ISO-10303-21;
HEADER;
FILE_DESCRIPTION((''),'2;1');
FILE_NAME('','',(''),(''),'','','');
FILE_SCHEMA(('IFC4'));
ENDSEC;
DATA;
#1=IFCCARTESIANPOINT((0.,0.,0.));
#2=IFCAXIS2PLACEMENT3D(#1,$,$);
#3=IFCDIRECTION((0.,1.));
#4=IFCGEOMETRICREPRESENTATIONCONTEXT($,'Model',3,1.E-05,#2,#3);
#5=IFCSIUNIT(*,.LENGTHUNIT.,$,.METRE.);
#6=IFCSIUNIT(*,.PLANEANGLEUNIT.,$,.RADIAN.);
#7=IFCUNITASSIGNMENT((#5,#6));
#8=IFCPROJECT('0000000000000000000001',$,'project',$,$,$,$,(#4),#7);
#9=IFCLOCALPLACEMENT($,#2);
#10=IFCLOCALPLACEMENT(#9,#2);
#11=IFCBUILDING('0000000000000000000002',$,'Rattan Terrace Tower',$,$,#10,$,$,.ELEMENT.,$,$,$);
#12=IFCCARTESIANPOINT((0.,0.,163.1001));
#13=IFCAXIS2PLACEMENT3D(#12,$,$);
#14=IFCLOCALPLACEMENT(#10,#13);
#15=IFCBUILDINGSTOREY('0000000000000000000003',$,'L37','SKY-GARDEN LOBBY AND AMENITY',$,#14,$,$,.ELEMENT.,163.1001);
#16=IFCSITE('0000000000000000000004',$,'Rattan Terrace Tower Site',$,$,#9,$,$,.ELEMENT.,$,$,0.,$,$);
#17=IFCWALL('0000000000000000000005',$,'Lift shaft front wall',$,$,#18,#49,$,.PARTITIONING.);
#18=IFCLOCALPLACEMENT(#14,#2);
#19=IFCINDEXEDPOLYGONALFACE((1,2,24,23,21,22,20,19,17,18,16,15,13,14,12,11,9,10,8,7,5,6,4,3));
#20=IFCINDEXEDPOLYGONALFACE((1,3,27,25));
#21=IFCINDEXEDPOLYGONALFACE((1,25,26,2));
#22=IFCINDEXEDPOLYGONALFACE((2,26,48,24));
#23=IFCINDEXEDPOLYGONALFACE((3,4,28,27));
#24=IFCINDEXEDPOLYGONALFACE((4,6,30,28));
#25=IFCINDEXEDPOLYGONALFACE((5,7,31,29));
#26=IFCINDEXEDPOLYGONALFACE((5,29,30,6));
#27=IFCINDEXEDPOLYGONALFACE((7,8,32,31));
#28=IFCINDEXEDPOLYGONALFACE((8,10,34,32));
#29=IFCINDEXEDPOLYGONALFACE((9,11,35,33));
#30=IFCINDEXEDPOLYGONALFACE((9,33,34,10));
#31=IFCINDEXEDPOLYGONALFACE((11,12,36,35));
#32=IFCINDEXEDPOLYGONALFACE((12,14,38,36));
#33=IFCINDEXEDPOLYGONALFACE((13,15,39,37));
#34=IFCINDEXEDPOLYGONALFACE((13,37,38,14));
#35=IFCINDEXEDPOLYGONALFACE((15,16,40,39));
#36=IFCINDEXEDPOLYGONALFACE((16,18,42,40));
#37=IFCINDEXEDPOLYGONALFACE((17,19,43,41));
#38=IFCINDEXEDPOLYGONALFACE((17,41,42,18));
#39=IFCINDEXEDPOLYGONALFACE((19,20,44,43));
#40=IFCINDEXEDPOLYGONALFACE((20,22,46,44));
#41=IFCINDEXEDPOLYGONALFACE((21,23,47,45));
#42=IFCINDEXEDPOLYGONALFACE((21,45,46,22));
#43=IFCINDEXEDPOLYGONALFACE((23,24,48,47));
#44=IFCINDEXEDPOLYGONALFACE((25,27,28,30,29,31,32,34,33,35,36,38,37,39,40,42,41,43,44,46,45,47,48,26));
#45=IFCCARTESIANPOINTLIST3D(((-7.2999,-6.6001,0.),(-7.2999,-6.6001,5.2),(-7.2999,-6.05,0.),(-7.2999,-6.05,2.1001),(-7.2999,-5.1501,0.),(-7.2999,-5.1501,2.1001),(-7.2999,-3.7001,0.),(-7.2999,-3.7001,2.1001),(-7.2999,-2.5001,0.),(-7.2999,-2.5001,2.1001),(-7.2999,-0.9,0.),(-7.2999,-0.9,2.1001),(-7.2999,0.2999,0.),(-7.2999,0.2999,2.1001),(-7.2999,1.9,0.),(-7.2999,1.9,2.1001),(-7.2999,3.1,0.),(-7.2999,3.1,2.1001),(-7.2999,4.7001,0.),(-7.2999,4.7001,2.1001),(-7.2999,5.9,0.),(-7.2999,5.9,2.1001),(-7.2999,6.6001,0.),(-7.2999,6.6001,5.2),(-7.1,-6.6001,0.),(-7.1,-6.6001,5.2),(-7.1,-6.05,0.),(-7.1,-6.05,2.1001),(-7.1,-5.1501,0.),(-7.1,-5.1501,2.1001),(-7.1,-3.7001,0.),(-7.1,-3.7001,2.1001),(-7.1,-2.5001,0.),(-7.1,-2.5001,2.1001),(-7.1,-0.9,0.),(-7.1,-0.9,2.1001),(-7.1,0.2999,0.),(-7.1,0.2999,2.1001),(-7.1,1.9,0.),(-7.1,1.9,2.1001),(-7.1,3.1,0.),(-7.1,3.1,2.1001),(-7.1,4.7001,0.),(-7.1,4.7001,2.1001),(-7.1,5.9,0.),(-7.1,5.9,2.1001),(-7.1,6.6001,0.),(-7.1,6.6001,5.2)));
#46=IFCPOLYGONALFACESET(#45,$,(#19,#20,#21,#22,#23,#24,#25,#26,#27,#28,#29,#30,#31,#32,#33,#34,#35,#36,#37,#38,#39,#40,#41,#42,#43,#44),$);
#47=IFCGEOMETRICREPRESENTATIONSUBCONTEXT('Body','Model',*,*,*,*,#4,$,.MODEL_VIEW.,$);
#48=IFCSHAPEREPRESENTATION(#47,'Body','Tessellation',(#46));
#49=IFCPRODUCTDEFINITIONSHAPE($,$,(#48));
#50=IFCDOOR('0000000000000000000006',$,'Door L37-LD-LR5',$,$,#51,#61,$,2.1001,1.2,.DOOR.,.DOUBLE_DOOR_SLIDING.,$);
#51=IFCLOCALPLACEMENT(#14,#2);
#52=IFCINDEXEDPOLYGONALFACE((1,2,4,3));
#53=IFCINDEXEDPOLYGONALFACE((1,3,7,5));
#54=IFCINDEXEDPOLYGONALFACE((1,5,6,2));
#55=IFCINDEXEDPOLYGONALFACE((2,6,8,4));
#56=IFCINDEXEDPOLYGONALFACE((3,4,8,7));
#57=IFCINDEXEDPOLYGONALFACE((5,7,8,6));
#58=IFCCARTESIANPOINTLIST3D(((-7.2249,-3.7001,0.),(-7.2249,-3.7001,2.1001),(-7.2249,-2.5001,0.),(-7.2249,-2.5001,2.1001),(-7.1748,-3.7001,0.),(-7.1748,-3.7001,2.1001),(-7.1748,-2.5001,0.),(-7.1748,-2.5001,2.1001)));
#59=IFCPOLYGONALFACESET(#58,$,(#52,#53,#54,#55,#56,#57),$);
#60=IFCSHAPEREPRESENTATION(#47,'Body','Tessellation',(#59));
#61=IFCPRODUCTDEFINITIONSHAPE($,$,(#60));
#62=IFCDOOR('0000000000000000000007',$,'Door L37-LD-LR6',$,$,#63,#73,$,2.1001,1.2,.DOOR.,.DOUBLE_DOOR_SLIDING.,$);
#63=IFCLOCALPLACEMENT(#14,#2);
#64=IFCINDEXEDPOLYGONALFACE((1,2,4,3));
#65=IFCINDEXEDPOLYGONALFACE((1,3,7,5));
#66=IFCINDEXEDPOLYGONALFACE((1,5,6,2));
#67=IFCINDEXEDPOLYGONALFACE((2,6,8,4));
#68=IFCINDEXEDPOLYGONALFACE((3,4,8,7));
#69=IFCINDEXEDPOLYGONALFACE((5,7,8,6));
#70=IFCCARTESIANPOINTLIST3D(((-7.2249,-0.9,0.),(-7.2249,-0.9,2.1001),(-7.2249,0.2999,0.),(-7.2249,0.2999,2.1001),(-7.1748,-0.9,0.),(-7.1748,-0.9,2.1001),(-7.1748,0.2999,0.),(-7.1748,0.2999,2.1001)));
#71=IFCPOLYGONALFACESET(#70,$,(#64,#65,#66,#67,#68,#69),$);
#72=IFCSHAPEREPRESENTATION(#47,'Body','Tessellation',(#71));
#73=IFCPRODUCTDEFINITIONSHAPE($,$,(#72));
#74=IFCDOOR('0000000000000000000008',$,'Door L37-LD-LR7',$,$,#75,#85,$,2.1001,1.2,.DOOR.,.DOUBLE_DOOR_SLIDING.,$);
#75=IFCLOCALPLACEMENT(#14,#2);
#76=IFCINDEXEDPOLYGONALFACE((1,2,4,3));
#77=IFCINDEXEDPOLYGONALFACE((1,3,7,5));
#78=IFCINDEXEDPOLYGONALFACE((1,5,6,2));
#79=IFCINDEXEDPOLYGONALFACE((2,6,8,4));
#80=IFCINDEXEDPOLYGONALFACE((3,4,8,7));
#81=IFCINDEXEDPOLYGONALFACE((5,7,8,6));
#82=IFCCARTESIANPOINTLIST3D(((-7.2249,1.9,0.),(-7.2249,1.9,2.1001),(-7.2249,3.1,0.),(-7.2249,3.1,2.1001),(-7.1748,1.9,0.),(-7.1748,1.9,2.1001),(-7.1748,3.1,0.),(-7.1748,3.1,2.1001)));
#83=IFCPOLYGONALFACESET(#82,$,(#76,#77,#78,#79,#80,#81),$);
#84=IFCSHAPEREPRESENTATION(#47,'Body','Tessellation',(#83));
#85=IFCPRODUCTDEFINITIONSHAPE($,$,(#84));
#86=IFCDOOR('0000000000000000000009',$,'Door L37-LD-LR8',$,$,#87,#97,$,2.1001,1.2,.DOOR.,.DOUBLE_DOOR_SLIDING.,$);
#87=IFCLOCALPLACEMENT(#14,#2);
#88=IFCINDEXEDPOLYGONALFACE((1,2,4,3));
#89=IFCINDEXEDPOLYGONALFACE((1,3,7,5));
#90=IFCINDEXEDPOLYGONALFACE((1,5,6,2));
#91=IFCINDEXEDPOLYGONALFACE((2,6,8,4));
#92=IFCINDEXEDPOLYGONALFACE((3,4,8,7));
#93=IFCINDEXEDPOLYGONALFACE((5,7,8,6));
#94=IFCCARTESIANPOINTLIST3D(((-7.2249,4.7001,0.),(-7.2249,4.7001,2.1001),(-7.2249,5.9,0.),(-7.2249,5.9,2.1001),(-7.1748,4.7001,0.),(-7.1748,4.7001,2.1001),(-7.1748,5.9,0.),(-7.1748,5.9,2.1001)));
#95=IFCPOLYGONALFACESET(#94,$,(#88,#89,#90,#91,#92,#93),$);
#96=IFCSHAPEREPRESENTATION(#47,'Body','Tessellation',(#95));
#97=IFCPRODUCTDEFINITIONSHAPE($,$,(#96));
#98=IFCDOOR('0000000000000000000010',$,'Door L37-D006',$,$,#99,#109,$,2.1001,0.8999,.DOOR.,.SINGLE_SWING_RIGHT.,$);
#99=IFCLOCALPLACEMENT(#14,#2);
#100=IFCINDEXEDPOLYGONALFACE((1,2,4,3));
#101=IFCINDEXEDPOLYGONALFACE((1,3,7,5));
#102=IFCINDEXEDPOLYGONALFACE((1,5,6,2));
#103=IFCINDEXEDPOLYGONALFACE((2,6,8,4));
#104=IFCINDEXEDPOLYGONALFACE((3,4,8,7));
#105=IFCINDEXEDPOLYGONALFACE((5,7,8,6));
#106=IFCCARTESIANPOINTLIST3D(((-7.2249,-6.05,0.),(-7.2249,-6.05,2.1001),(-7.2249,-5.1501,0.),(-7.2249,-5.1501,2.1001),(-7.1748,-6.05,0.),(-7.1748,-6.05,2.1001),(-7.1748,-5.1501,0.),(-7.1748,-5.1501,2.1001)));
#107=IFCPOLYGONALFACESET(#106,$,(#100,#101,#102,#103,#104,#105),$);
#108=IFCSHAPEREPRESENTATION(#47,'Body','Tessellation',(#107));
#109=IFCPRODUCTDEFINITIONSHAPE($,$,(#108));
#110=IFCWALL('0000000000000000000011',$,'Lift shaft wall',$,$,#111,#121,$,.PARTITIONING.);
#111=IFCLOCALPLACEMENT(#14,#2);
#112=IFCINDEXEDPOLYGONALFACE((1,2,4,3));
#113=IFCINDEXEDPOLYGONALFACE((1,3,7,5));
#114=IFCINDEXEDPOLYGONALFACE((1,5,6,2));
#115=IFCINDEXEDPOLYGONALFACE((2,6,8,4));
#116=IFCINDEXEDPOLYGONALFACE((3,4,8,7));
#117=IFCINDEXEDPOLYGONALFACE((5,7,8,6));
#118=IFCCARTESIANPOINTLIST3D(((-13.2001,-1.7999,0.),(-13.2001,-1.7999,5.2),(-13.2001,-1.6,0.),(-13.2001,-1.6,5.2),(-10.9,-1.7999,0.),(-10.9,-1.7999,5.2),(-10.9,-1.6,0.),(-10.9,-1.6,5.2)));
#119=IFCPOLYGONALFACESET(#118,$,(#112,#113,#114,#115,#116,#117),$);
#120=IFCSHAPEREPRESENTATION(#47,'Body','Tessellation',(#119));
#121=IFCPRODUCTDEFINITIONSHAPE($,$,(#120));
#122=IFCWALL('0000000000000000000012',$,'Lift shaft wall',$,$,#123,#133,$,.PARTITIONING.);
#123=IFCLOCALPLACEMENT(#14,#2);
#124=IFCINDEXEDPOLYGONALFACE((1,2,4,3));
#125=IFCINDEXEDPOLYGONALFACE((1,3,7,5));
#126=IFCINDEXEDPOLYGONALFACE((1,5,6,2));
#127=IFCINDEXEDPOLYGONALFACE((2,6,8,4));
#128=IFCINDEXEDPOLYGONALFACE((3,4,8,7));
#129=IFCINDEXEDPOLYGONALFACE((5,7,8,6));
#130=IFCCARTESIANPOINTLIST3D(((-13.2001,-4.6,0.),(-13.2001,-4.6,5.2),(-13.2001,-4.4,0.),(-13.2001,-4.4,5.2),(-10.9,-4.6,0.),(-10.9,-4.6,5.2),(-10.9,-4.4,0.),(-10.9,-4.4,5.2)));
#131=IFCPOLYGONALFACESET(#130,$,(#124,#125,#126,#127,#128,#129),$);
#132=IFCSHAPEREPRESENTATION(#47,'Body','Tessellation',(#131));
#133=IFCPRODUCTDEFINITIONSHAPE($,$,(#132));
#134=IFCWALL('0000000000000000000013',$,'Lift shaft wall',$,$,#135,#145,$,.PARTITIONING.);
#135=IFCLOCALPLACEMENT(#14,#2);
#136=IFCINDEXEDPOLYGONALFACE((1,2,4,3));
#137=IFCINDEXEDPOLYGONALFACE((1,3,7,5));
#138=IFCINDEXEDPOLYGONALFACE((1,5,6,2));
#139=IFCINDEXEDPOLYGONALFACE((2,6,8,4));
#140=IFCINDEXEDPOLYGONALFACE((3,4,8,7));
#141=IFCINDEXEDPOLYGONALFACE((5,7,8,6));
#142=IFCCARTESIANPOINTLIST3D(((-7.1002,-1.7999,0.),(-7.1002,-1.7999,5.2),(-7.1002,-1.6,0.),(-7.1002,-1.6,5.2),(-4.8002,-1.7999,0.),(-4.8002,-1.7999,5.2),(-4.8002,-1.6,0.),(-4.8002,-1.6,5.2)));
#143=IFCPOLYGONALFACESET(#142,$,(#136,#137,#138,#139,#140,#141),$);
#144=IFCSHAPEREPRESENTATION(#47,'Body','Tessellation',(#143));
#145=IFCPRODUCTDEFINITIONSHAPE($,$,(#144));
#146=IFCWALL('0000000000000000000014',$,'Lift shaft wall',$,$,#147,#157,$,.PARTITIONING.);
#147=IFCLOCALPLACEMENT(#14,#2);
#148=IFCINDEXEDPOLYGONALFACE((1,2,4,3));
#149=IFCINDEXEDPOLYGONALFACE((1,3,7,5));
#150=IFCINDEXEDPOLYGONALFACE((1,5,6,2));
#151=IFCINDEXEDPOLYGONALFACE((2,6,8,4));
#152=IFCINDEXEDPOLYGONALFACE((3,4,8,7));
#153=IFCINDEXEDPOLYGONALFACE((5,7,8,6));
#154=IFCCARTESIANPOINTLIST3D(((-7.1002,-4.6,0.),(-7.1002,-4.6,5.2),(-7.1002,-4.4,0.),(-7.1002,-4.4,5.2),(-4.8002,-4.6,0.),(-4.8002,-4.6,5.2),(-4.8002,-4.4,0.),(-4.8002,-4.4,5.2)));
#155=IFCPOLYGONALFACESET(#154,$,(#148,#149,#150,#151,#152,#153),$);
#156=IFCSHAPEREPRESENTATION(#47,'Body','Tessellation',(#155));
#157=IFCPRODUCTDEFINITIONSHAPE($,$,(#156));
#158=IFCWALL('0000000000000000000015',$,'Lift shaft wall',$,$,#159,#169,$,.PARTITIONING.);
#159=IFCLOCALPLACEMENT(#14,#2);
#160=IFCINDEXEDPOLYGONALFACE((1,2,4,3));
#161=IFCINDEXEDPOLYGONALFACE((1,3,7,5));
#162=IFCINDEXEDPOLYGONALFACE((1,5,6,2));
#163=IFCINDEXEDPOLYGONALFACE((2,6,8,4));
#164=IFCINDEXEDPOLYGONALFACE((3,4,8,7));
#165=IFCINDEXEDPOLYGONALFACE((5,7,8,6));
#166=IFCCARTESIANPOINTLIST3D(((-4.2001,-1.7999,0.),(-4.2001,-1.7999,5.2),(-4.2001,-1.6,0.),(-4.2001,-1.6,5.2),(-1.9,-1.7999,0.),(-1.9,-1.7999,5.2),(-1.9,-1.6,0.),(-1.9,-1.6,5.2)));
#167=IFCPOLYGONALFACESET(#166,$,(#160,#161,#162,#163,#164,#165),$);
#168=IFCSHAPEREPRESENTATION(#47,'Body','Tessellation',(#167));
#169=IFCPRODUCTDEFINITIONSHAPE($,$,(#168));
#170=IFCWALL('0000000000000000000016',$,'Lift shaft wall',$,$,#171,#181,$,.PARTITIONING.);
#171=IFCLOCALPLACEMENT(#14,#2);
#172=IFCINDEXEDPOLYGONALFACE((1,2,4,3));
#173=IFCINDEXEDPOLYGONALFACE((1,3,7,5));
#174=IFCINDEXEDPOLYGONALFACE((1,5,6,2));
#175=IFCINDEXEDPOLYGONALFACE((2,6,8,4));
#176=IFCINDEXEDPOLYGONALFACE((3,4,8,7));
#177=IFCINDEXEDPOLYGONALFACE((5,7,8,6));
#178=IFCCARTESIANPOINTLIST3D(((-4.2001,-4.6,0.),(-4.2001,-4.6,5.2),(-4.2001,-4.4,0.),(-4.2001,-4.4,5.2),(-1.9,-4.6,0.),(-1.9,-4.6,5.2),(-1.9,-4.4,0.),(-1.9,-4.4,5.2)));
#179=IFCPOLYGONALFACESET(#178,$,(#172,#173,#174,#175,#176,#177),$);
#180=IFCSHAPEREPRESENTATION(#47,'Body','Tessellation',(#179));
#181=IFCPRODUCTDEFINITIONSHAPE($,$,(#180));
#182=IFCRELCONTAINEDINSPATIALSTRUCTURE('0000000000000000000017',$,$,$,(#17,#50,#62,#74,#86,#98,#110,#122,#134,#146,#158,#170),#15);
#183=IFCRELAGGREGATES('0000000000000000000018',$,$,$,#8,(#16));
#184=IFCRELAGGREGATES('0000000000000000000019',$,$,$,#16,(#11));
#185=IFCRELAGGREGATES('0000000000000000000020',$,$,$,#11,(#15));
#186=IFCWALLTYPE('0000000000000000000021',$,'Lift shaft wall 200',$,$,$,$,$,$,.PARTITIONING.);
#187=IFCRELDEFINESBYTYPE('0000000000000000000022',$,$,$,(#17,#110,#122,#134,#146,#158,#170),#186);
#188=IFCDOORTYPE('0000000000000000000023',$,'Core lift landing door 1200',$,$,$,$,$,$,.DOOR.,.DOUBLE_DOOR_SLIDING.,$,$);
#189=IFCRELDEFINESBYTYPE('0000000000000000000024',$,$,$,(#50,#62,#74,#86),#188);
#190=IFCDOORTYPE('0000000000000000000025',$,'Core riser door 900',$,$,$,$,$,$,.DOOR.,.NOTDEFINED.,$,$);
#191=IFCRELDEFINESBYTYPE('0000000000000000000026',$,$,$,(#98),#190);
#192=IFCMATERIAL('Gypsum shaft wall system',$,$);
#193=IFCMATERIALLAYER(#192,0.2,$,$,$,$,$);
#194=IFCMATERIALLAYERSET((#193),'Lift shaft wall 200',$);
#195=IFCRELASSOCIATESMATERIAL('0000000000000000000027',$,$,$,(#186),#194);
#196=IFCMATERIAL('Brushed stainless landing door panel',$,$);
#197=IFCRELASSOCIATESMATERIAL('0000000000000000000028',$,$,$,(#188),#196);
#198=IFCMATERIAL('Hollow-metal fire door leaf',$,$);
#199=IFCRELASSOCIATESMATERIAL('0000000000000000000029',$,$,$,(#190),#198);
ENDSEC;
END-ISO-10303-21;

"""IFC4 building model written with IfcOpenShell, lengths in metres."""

from ifc_helpers import new_model, si_unit, direction, frame, frame_2d, origin, place, context, subcontext, project, spatial, rectangle, extrude, material, layer, layer_set, type_object, element, fill, save


model = new_model("IFC4")

# Units and contexts
model_context = context("Model", 3, precision=1e-05, world=origin(), true_north=direction((0.0, 1.0)))
body_context = subcontext(model_context, "Body", "Model", "MODEL_VIEW")
ifc_project = project(units=[si_unit("LENGTHUNIT", "METRE"), si_unit("PLANEANGLEUNIT", "RADIAN")], contexts=[model_context])

# Site, building, storey
site_placement = place(None, origin())
site = spatial("IfcSite", under=ifc_project, at=site_placement, Name="Rattan Terrace Tower Site", CompositionType="ELEMENT", RefElevation=0.0)
building_placement = place(site_placement, origin())
building = spatial("IfcBuilding", under=site, at=building_placement, Name="Rattan Terrace Tower", CompositionType="ELEMENT")
storey_placement = place(building_placement, frame((0.0, 0.0, 163.1001)))
storey = spatial("IfcBuildingStorey", under=building, at=storey_placement, Name="L37", Description="SKY-GARDEN LOBBY AND AMENITY", CompositionType="ELEMENT", Elevation=163.1001)

# Wall, openings, doors
ifc_material_1 = material(Name="Gypsum shaft wall system")
ifc_layer_1 = layer(ifc_material_1, 0.2)
ifc_layer_set_1 = layer_set([ifc_layer_1], Name="Lift shaft wall 200")
wall_type_1 = type_object("IfcWallType", Name="Lift shaft wall 200", PredefinedType="PARTITIONING", material=ifc_layer_set_1)
ifc_material_2 = material(Name="Brushed stainless landing door panel")
door_type_1 = type_object("IfcDoorType", Name="Core lift landing door 1200", OperationType="DOUBLE_DOOR_SLIDING", PredefinedType="DOOR", material=ifc_material_2)
ifc_material_3 = material(Name="Hollow-metal fire door leaf")
door_type_2 = type_object("IfcDoorType", Name="Core riser door 900", OperationType="NOTDEFINED", PredefinedType="DOOR", material=ifc_material_3)
wall_1_placement = place(storey_placement, frame((-7.2, -6.6001, 0.0), z_axis=(0.0, 0.0, 1.0), x_axis=(0.0, 1.0, 0.0)))
wall_1 = element("IfcWall", 1, at=wall_1_placement, inside=storey, type_object=wall_type_1, Name="Lift shaft front wall", PredefinedType="PARTITIONING", context=body_context, shape_type="SweptSolid", body=[
    extrude(rectangle(XDim=13.2002, YDim=0.2, at=frame_2d((6.6001, 0.0))), origin(), (0.0, 0.0, 1.0), 5.2),
])
opening_1_placement = place(wall_1_placement, frame((0.55, 0.0, 0.0)))
opening_1 = element("IfcOpeningElement", 2, at=opening_1_placement, cuts=wall_1, PredefinedType="OPENING", context=body_context, shape_type="SweptSolid", body=[
    extrude(rectangle(XDim=0.8999, YDim=2.1001, at=frame_2d((0.45, 1.05))), frame((0.0, 0.1106, 0.0), z_axis=(0.0, -1.0, 0.0), x_axis=(1.0, 0.0, 0.0)), (0.0, 0.0, 1.0), 0.2209),
])
opening_2_placement = place(wall_1_placement, frame((2.8999, 0.0, 0.0)))
opening_2 = element("IfcOpeningElement", 3, at=opening_2_placement, cuts=wall_1, PredefinedType="OPENING", context=body_context, shape_type="SweptSolid", body=[
    extrude(rectangle(XDim=1.2, YDim=2.1001, at=frame_2d((0.6001, 1.05))), frame((0.0, 0.1106, 0.0), z_axis=(0.0, -1.0, 0.0), x_axis=(1.0, 0.0, 0.0)), (0.0, 0.0, 1.0), 0.2209),
])
opening_3_placement = place(wall_1_placement, frame((5.7, 0.0, 0.0)))
opening_3 = element("IfcOpeningElement", 4, at=opening_3_placement, cuts=wall_1, PredefinedType="OPENING", context=body_context, shape_type="SweptSolid", body=[
    extrude(rectangle(XDim=1.2, YDim=2.1001, at=frame_2d((0.6001, 1.05))), frame((0.0, 0.1106, 0.0), z_axis=(0.0, -1.0, 0.0), x_axis=(1.0, 0.0, 0.0)), (0.0, 0.0, 1.0), 0.2209),
])
opening_4_placement = place(wall_1_placement, frame((8.5, 0.0, 0.0)))
opening_4 = element("IfcOpeningElement", 5, at=opening_4_placement, cuts=wall_1, PredefinedType="OPENING", context=body_context, shape_type="SweptSolid", body=[
    extrude(rectangle(XDim=1.2, YDim=2.1001, at=frame_2d((0.6001, 1.05))), frame((0.0, 0.1106, 0.0), z_axis=(0.0, -1.0, 0.0), x_axis=(1.0, 0.0, 0.0)), (0.0, 0.0, 1.0), 0.2209),
])
opening_5_placement = place(wall_1_placement, frame((11.3, 0.0, 0.0)))
opening_5 = element("IfcOpeningElement", 6, at=opening_5_placement, cuts=wall_1, PredefinedType="OPENING", context=body_context, shape_type="SweptSolid", body=[
    extrude(rectangle(XDim=1.2, YDim=2.1001, at=frame_2d((0.6001, 1.05))), frame((0.0, 0.1106, 0.0), z_axis=(0.0, -1.0, 0.0), x_axis=(1.0, 0.0, 0.0)), (0.0, 0.0, 1.0), 0.2209),
])
door_1_placement = place(opening_2_placement, origin())
door_1 = element("IfcDoor", 7, at=door_1_placement, inside=storey, type_object=door_type_1, Name="Door L37-LD-LR5", OperationType="DOUBLE_DOOR_SLIDING", OverallHeight=2.1001, OverallWidth=1.2, PredefinedType="DOOR", context=body_context, shape_type="SweptSolid", body=[
    extrude(rectangle(XDim=1.2, YDim=2.1001, at=frame_2d((0.6001, 1.05))), frame((0.0, 0.0249, 0.0), z_axis=(0.0, -1.0, 0.0), x_axis=(1.0, 0.0, 0.0)), (0.0, 0.0, 1.0), 0.05),
])
fill(opening_2, door_1)
door_2_placement = place(opening_3_placement, origin())
door_2 = element("IfcDoor", 8, at=door_2_placement, inside=storey, type_object=door_type_1, Name="Door L37-LD-LR6", OperationType="DOUBLE_DOOR_SLIDING", OverallHeight=2.1001, OverallWidth=1.2, PredefinedType="DOOR", context=body_context, shape_type="SweptSolid", body=[
    extrude(rectangle(XDim=1.2, YDim=2.1001, at=frame_2d((0.6001, 1.05))), frame((0.0, 0.0249, 0.0), z_axis=(0.0, -1.0, 0.0), x_axis=(1.0, 0.0, 0.0)), (0.0, 0.0, 1.0), 0.05),
])
fill(opening_3, door_2)
door_3_placement = place(opening_4_placement, origin())
door_3 = element("IfcDoor", 9, at=door_3_placement, inside=storey, type_object=door_type_1, Name="Door L37-LD-LR7", OperationType="DOUBLE_DOOR_SLIDING", OverallHeight=2.1001, OverallWidth=1.2, PredefinedType="DOOR", context=body_context, shape_type="SweptSolid", body=[
    extrude(rectangle(XDim=1.2, YDim=2.1001, at=frame_2d((0.6001, 1.05))), frame((0.0, 0.0249, 0.0), z_axis=(0.0, -1.0, 0.0), x_axis=(1.0, 0.0, 0.0)), (0.0, 0.0, 1.0), 0.05),
])
fill(opening_4, door_3)
door_4_placement = place(opening_5_placement, origin())
door_4 = element("IfcDoor", 10, at=door_4_placement, inside=storey, type_object=door_type_1, Name="Door L37-LD-LR8", OperationType="DOUBLE_DOOR_SLIDING", OverallHeight=2.1001, OverallWidth=1.2, PredefinedType="DOOR", context=body_context, shape_type="SweptSolid", body=[
    extrude(rectangle(XDim=1.2, YDim=2.1001, at=frame_2d((0.6001, 1.05))), frame((0.0, 0.0249, 0.0), z_axis=(0.0, -1.0, 0.0), x_axis=(1.0, 0.0, 0.0)), (0.0, 0.0, 1.0), 0.05),
])
fill(opening_5, door_4)
door_5_placement = place(opening_1_placement, origin())
door_5 = element("IfcDoor", 11, at=door_5_placement, inside=storey, type_object=door_type_2, Name="Door L37-D006", OperationType="SINGLE_SWING_RIGHT", OverallHeight=2.1001, OverallWidth=0.8999, PredefinedType="DOOR", context=body_context, shape_type="SweptSolid", body=[
    extrude(rectangle(XDim=0.8999, YDim=2.1001, at=frame_2d((0.45, 1.05))), frame((0.0, 0.0249, 0.0), z_axis=(0.0, -1.0, 0.0), x_axis=(1.0, 0.0, 0.0)), (0.0, 0.0, 1.0), 0.05),
])
fill(opening_1, door_5)

# Walls
for number, where, z_axis, x_axis, name in (
    (12, (-13.2, -1.7, 0.0), (0.0, 0.0, 1.0), (1.0, 0.0, 0.0), "Lift shaft wall"),
    (13, (-13.2, -4.5, 0.0), (0.0, 0.0, 1.0), (1.0, 0.0, 0.0), "Lift shaft wall"),
    (14, (-7.1001, -1.7, 0.0), (0.0, 0.0, 1.0), (1.0, 0.0, 0.0), "Lift shaft wall"),
    (15, (-7.1001, -4.5, 0.0), (0.0, 0.0, 1.0), (1.0, 0.0, 0.0), "Lift shaft wall"),
    (16, (-4.2, -1.7, 0.0), (0.0, 0.0, 1.0), (1.0, 0.0, 0.0), "Lift shaft wall"),
    (17, (-4.2, -4.5, 0.0), (0.0, 0.0, 1.0), (1.0, 0.0, 0.0), "Lift shaft wall"),
):
    element("IfcWall", number, at=place(storey_placement, frame(where, z_axis=z_axis, x_axis=x_axis)), inside=storey, type_object=wall_type_1, Name=name, PredefinedType="PARTITIONING", context=body_context, shape_type="SweptSolid", body=[
        extrude(rectangle(XDim=2.3, YDim=0.2, at=frame_2d((1.1499, 0.0))), origin(), (0.0, 0.0, 1.0), 5.2),
    ])

save(model, "model.ifc")
